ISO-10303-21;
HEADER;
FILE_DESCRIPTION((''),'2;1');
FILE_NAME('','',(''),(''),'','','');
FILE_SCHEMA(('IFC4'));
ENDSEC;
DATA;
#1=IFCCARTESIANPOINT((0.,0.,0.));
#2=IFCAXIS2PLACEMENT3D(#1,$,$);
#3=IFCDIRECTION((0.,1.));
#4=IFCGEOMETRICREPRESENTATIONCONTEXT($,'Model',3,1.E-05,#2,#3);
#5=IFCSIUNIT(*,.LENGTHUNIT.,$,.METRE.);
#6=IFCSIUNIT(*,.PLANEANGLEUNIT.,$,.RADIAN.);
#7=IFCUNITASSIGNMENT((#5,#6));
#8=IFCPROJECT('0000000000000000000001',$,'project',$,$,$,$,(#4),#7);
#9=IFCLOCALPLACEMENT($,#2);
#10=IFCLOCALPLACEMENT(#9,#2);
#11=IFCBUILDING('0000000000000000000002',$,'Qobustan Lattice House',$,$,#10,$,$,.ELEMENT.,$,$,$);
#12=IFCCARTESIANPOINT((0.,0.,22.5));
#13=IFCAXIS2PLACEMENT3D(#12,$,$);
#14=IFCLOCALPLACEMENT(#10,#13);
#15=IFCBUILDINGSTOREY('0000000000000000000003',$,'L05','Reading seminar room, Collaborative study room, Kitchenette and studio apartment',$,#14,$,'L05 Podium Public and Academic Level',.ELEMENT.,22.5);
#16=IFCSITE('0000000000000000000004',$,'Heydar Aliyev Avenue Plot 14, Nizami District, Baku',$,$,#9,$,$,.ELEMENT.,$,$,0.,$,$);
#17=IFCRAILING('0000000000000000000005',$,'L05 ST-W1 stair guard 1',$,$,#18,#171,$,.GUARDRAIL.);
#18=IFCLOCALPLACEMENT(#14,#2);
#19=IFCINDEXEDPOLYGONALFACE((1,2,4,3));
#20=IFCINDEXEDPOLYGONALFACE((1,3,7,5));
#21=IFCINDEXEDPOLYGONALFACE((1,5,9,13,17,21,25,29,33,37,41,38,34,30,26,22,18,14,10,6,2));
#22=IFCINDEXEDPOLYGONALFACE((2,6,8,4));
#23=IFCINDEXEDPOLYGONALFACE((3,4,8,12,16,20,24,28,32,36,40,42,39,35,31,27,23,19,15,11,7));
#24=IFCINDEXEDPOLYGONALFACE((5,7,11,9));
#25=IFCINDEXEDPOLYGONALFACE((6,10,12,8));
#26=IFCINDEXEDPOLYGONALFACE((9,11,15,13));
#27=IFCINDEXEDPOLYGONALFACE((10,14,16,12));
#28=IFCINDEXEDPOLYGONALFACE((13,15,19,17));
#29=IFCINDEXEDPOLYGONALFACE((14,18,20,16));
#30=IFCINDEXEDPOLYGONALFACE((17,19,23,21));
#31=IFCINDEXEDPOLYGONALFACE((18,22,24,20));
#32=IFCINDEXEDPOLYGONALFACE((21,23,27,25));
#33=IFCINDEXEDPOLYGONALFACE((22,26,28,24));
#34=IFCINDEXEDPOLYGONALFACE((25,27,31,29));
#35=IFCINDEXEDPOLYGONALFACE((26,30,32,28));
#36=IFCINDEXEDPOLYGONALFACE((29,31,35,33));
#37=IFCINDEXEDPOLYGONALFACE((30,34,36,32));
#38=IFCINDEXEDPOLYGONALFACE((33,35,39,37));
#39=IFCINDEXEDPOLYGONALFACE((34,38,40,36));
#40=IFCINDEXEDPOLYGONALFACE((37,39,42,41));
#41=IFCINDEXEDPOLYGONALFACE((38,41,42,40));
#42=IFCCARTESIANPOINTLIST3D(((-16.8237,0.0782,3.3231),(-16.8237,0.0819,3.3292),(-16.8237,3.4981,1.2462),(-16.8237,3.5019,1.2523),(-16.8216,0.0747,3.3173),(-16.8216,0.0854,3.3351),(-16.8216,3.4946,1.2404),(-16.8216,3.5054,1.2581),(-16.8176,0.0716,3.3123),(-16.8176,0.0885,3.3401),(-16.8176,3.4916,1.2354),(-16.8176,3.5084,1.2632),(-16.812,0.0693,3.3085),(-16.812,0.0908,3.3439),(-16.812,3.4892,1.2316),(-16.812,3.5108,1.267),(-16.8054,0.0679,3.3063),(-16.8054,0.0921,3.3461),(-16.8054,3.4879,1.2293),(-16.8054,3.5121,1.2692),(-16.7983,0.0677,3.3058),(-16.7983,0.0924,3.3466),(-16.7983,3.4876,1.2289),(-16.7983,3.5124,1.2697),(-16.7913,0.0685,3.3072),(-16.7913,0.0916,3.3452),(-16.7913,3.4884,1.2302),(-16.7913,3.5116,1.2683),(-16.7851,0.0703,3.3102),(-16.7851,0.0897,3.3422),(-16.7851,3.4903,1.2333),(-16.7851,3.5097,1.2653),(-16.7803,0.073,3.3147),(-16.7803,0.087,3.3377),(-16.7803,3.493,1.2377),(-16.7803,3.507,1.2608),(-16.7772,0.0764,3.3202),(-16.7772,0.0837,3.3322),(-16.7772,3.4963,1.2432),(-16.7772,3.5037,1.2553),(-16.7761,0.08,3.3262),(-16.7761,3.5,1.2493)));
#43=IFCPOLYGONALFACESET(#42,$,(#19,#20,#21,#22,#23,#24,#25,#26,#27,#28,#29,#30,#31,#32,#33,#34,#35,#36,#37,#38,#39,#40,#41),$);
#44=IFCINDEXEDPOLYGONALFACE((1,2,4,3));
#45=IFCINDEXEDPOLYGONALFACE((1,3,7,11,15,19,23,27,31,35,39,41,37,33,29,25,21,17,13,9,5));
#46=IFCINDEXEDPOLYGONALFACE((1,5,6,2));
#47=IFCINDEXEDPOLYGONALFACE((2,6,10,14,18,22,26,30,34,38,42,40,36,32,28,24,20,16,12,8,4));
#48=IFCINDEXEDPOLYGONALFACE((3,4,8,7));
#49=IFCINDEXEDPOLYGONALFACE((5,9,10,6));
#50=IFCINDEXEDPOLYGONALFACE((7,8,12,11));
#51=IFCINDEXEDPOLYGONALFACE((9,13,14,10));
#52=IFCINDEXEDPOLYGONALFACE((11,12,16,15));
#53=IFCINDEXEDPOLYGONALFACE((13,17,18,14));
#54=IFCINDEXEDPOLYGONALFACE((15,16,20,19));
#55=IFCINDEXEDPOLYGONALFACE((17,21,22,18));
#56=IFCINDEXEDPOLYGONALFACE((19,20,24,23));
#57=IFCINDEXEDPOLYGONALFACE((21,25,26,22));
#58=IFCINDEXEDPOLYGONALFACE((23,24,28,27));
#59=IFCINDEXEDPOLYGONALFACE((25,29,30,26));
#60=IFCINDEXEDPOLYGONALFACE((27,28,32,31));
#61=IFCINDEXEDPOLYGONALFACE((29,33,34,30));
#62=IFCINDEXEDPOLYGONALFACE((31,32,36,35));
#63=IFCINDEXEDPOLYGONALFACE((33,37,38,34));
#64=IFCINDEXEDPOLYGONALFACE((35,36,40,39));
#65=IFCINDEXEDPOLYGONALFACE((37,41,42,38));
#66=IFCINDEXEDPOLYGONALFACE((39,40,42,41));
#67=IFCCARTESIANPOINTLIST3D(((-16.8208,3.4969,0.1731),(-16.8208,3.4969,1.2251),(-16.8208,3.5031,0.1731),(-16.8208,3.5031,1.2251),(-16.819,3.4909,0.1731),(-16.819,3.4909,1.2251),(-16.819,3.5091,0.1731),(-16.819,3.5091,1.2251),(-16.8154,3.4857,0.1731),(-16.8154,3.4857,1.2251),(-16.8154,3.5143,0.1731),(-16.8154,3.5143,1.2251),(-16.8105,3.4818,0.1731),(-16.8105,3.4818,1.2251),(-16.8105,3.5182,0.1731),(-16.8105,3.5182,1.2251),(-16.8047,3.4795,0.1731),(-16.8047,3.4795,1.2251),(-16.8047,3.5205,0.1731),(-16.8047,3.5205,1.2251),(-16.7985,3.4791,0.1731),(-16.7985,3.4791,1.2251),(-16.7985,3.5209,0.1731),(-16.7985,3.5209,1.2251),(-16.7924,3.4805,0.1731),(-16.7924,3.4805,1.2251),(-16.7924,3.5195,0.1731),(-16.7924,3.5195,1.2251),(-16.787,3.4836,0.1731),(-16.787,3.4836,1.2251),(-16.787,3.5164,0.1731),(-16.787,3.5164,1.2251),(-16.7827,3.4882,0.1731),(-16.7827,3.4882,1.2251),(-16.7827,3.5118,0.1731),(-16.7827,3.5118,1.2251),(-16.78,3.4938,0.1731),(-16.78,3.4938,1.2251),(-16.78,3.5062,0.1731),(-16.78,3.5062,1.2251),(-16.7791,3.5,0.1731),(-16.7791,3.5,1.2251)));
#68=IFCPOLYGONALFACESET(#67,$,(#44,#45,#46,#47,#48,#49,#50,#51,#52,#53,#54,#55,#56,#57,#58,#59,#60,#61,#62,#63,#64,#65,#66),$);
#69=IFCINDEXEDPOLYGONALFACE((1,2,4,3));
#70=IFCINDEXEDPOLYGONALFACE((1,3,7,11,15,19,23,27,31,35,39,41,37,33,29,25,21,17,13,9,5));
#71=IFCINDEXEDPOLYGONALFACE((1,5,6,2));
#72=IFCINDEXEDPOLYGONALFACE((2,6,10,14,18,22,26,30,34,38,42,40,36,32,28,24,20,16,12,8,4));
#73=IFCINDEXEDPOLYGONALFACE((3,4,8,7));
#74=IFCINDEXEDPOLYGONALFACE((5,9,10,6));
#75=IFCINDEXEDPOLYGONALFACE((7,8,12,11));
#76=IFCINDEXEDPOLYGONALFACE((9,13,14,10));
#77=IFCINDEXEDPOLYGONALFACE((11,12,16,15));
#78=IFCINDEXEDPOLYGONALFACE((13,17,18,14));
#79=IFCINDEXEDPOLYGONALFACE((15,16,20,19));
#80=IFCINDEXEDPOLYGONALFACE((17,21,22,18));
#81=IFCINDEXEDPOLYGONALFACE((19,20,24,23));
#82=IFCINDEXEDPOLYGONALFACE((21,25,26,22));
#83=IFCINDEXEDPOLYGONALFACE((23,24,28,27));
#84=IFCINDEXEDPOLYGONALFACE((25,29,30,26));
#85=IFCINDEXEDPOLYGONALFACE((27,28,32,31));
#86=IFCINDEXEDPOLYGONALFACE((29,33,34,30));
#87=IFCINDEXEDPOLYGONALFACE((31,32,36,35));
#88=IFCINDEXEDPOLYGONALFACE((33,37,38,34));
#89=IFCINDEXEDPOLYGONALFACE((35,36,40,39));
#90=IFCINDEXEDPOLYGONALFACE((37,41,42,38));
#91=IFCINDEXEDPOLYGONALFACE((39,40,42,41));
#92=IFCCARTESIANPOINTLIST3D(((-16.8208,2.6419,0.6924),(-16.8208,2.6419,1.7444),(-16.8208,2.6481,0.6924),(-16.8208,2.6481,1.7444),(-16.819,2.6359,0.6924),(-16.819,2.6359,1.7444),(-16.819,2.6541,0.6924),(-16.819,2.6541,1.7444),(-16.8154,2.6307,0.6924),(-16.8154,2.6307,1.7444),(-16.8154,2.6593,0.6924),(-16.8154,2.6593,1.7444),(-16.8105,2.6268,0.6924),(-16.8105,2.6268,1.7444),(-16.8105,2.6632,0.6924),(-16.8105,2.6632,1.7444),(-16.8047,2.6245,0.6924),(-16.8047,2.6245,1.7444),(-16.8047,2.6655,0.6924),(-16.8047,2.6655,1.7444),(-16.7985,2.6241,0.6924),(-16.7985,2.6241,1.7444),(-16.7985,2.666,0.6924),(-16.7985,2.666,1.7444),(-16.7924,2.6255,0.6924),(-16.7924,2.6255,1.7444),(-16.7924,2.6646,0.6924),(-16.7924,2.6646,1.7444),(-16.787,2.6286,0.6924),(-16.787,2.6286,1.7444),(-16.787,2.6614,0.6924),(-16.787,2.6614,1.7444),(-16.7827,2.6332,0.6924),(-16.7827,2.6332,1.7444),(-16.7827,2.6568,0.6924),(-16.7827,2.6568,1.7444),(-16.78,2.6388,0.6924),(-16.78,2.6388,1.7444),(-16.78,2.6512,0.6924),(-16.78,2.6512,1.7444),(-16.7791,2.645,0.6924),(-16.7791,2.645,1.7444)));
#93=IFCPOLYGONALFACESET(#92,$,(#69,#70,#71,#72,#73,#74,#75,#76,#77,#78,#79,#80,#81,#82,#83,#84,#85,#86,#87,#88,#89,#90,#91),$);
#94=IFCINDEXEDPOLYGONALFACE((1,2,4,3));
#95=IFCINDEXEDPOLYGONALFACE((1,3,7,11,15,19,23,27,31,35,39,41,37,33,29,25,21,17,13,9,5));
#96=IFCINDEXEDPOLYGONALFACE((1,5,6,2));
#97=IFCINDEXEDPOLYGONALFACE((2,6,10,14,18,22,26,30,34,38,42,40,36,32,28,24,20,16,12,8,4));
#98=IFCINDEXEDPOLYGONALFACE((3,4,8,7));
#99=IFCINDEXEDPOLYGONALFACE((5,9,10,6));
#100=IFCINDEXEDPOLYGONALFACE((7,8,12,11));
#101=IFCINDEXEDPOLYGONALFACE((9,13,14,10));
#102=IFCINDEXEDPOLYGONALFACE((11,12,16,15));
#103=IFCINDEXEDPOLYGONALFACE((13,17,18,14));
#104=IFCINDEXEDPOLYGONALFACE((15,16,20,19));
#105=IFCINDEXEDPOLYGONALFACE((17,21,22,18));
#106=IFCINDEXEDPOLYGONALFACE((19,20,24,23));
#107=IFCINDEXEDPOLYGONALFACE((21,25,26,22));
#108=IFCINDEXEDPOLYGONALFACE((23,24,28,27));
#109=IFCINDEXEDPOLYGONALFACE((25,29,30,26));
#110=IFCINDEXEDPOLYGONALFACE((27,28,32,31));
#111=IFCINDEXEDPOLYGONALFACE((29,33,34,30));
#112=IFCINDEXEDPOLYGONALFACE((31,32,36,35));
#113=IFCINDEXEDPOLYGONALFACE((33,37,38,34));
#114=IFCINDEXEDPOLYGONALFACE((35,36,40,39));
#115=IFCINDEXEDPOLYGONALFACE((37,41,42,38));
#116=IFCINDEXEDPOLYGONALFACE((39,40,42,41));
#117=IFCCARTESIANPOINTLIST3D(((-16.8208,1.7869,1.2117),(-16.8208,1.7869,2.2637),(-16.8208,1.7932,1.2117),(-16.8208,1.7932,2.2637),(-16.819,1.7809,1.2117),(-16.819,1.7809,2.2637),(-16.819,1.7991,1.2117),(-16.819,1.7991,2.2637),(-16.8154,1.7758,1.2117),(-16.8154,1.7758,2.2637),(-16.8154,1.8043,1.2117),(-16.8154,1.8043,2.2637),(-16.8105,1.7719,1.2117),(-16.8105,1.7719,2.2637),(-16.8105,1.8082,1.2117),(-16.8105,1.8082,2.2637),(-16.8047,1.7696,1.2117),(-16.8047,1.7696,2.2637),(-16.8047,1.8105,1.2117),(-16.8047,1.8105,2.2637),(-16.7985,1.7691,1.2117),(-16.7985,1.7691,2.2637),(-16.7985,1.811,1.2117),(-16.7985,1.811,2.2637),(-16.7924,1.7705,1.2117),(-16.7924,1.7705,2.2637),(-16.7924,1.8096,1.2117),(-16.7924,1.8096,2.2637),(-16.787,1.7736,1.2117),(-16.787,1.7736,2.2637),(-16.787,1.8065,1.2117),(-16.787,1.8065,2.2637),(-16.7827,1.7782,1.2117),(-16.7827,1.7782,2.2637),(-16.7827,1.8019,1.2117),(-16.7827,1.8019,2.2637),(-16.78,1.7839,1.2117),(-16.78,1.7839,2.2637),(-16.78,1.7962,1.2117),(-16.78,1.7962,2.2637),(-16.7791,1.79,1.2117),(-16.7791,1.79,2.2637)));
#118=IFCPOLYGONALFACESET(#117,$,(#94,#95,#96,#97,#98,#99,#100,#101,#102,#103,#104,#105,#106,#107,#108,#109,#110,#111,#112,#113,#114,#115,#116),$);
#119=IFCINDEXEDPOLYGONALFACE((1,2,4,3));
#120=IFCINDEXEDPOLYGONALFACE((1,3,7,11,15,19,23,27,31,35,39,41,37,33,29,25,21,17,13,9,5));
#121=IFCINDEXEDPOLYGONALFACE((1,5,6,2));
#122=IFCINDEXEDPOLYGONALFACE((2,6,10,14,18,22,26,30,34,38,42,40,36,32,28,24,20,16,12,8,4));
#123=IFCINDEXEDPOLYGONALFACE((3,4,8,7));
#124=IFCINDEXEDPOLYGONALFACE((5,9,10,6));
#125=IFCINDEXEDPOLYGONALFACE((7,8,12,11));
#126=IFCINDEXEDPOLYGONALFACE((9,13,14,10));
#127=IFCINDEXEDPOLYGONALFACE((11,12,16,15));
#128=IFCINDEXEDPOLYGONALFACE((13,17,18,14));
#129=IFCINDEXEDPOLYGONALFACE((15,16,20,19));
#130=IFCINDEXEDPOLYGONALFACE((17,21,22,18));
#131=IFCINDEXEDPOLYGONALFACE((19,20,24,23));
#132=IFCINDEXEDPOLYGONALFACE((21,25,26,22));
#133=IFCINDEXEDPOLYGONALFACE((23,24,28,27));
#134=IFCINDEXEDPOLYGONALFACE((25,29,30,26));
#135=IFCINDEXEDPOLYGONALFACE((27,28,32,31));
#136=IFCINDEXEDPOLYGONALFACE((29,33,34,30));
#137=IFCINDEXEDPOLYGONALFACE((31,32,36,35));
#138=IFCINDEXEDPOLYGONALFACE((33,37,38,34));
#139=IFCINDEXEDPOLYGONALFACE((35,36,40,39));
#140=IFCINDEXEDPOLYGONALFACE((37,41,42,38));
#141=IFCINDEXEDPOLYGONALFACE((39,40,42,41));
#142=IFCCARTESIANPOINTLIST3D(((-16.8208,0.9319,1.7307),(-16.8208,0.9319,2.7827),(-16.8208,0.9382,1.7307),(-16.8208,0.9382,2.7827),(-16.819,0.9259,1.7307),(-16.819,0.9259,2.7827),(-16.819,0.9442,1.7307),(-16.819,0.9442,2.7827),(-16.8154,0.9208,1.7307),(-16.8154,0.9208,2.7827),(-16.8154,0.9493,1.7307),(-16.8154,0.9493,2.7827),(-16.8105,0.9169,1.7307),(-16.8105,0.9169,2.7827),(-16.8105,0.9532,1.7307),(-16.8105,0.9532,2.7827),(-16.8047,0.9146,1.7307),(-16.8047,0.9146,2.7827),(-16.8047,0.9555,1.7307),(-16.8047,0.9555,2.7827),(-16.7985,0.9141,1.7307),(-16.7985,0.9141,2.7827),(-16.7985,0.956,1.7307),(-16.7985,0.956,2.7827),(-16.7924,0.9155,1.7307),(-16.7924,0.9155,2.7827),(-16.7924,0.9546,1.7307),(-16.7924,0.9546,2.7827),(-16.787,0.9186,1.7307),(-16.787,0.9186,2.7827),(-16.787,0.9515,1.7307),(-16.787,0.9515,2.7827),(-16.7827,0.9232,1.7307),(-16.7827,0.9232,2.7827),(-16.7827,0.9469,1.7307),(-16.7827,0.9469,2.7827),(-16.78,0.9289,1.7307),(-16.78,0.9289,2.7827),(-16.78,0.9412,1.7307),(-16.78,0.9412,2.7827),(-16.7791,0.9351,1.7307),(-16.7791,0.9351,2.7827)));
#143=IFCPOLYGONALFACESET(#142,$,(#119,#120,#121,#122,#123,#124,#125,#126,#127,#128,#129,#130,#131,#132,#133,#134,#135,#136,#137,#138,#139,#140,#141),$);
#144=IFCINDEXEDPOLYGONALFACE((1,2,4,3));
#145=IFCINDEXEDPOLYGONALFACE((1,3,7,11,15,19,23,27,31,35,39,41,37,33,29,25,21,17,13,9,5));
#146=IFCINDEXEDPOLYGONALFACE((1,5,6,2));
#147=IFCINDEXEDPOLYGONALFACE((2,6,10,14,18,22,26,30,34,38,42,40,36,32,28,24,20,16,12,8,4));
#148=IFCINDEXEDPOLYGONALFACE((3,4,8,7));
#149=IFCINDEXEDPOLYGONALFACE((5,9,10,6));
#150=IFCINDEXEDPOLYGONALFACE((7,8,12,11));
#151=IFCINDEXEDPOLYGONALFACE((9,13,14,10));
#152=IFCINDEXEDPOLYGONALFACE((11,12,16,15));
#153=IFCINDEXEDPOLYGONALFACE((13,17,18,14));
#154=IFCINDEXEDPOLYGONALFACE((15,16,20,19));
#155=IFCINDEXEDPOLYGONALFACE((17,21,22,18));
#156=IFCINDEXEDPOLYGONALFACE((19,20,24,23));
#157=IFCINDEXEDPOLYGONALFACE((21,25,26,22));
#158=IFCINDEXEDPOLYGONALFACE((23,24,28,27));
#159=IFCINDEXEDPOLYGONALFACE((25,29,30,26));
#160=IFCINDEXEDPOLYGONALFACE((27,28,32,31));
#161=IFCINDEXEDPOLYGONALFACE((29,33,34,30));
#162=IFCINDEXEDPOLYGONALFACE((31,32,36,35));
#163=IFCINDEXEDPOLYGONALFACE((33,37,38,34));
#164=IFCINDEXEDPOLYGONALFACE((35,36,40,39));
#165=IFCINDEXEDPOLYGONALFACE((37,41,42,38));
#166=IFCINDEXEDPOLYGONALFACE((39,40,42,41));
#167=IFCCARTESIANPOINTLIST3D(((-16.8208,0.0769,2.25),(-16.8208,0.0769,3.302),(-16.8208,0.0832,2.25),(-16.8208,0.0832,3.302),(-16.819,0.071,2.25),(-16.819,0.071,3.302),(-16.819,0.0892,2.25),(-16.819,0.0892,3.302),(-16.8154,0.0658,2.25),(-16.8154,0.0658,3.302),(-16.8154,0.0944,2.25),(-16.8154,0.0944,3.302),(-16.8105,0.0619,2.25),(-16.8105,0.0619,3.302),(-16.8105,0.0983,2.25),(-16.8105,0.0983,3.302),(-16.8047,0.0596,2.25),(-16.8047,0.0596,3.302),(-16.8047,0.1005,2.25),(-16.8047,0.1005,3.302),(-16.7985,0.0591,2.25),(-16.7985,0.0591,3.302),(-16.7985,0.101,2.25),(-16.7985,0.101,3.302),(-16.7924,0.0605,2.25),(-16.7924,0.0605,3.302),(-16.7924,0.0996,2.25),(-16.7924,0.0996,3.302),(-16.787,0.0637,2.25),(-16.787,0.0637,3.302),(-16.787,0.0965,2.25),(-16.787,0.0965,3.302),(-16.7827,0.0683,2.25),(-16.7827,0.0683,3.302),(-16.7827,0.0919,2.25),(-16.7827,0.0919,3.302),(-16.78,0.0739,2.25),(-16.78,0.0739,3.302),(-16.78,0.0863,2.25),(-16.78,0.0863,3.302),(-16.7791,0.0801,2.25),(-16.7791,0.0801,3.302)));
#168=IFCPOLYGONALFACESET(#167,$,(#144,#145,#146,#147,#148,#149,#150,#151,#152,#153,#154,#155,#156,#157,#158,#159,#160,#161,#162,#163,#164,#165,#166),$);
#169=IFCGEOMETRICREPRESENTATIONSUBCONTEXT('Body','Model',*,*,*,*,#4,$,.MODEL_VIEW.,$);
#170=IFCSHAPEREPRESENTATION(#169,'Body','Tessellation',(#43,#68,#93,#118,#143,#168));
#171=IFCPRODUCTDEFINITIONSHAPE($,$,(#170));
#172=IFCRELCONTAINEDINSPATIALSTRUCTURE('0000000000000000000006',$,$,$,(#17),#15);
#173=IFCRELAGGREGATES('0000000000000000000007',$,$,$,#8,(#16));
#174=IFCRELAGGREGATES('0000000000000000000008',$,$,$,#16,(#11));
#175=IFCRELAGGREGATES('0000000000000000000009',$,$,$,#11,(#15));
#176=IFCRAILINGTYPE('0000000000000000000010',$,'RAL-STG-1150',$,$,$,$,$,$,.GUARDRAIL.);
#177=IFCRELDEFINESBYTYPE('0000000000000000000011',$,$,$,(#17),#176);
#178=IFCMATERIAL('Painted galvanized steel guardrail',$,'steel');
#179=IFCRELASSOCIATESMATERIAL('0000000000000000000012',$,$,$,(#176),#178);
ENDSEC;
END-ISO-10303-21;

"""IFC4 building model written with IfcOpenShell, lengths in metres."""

from ifc_helpers import new_model, si_unit, direction, frame, origin, origin_2d, place, context, subcontext, project, spatial, circle, extrude, material, type_object, element, save


model = new_model("IFC4")

# Units and contexts
model_context = context("Model", 3, precision=1e-05, world=origin(), true_north=direction((0.0, 1.0)))
body_context = subcontext(model_context, "Body", "Model", "MODEL_VIEW")
ifc_project = project(units=[si_unit("LENGTHUNIT", "METRE"), si_unit("PLANEANGLEUNIT", "RADIAN")], contexts=[model_context])

# Site, building, storey
site_placement = place(None, origin())
site = spatial("IfcSite", under=ifc_project, at=site_placement, Name="Heydar Aliyev Avenue Plot 14, Nizami District, Baku", CompositionType="ELEMENT", RefElevation=0.0)
building_placement = place(site_placement, origin())
building = spatial("IfcBuilding", under=site, at=building_placement, Name="Qobustan Lattice House", CompositionType="ELEMENT")
storey_placement = place(building_placement, frame((0.0, 0.0, 22.5)))
storey = spatial("IfcBuildingStorey", under=building, at=storey_placement, Name="L05", Description="Reading seminar room, Collaborative study room, Kitchenette and studio apartment", LongName="L05 Podium Public and Academic Level", CompositionType="ELEMENT", Elevation=22.5)

# Railing
ifc_material_1 = material(Name="Painted galvanized steel guardrail", Category="steel")
railing_type_1 = type_object("IfcRailingType", Name="RAL-STG-1150", PredefinedType="GUARDRAIL", material=ifc_material_1)
railing_1_placement = place(storey_placement, frame((-16.8, 3.5, 0.1731)))
element("IfcRailing", 1, at=railing_1_placement, inside=storey, type_object=railing_type_1, Name="L05 ST-W1 stair guard 1", PredefinedType="GUARDRAIL", context=body_context, shape_type="SweptSolid", body=[
    extrude(circle(Radius=0.0239, at=origin_2d()), frame((0.0, 0.0, 1.0762), z_axis=(0.0, -0.85473, 0.519074), x_axis=(1.0, 0.0, 0.0)), (0.0, 0.0, 1.0), 4.0012),
    extrude(circle(Radius=0.021, at=origin_2d()), origin(), (0.0, 0.0, 1.0), 1.052),
    extrude(circle(Radius=0.021, at=origin_2d()), frame((0.0, -0.855, 0.5193)), (0.0, 0.0, 1.0), 1.052),
    extrude(circle(Radius=0.021, at=origin_2d()), frame((0.0, -1.71, 1.0386)), (0.0, 0.0, 1.0), 1.052),
    extrude(circle(Radius=0.021, at=origin_2d()), frame((0.0, -2.5649, 1.5576)), (0.0, 0.0, 1.0), 1.052),
    extrude(circle(Radius=0.021, at=origin_2d()), frame((0.0, -3.4199, 2.0769)), (0.0, 0.0, 1.0), 1.052),
])

save(model, "model.ifc")
